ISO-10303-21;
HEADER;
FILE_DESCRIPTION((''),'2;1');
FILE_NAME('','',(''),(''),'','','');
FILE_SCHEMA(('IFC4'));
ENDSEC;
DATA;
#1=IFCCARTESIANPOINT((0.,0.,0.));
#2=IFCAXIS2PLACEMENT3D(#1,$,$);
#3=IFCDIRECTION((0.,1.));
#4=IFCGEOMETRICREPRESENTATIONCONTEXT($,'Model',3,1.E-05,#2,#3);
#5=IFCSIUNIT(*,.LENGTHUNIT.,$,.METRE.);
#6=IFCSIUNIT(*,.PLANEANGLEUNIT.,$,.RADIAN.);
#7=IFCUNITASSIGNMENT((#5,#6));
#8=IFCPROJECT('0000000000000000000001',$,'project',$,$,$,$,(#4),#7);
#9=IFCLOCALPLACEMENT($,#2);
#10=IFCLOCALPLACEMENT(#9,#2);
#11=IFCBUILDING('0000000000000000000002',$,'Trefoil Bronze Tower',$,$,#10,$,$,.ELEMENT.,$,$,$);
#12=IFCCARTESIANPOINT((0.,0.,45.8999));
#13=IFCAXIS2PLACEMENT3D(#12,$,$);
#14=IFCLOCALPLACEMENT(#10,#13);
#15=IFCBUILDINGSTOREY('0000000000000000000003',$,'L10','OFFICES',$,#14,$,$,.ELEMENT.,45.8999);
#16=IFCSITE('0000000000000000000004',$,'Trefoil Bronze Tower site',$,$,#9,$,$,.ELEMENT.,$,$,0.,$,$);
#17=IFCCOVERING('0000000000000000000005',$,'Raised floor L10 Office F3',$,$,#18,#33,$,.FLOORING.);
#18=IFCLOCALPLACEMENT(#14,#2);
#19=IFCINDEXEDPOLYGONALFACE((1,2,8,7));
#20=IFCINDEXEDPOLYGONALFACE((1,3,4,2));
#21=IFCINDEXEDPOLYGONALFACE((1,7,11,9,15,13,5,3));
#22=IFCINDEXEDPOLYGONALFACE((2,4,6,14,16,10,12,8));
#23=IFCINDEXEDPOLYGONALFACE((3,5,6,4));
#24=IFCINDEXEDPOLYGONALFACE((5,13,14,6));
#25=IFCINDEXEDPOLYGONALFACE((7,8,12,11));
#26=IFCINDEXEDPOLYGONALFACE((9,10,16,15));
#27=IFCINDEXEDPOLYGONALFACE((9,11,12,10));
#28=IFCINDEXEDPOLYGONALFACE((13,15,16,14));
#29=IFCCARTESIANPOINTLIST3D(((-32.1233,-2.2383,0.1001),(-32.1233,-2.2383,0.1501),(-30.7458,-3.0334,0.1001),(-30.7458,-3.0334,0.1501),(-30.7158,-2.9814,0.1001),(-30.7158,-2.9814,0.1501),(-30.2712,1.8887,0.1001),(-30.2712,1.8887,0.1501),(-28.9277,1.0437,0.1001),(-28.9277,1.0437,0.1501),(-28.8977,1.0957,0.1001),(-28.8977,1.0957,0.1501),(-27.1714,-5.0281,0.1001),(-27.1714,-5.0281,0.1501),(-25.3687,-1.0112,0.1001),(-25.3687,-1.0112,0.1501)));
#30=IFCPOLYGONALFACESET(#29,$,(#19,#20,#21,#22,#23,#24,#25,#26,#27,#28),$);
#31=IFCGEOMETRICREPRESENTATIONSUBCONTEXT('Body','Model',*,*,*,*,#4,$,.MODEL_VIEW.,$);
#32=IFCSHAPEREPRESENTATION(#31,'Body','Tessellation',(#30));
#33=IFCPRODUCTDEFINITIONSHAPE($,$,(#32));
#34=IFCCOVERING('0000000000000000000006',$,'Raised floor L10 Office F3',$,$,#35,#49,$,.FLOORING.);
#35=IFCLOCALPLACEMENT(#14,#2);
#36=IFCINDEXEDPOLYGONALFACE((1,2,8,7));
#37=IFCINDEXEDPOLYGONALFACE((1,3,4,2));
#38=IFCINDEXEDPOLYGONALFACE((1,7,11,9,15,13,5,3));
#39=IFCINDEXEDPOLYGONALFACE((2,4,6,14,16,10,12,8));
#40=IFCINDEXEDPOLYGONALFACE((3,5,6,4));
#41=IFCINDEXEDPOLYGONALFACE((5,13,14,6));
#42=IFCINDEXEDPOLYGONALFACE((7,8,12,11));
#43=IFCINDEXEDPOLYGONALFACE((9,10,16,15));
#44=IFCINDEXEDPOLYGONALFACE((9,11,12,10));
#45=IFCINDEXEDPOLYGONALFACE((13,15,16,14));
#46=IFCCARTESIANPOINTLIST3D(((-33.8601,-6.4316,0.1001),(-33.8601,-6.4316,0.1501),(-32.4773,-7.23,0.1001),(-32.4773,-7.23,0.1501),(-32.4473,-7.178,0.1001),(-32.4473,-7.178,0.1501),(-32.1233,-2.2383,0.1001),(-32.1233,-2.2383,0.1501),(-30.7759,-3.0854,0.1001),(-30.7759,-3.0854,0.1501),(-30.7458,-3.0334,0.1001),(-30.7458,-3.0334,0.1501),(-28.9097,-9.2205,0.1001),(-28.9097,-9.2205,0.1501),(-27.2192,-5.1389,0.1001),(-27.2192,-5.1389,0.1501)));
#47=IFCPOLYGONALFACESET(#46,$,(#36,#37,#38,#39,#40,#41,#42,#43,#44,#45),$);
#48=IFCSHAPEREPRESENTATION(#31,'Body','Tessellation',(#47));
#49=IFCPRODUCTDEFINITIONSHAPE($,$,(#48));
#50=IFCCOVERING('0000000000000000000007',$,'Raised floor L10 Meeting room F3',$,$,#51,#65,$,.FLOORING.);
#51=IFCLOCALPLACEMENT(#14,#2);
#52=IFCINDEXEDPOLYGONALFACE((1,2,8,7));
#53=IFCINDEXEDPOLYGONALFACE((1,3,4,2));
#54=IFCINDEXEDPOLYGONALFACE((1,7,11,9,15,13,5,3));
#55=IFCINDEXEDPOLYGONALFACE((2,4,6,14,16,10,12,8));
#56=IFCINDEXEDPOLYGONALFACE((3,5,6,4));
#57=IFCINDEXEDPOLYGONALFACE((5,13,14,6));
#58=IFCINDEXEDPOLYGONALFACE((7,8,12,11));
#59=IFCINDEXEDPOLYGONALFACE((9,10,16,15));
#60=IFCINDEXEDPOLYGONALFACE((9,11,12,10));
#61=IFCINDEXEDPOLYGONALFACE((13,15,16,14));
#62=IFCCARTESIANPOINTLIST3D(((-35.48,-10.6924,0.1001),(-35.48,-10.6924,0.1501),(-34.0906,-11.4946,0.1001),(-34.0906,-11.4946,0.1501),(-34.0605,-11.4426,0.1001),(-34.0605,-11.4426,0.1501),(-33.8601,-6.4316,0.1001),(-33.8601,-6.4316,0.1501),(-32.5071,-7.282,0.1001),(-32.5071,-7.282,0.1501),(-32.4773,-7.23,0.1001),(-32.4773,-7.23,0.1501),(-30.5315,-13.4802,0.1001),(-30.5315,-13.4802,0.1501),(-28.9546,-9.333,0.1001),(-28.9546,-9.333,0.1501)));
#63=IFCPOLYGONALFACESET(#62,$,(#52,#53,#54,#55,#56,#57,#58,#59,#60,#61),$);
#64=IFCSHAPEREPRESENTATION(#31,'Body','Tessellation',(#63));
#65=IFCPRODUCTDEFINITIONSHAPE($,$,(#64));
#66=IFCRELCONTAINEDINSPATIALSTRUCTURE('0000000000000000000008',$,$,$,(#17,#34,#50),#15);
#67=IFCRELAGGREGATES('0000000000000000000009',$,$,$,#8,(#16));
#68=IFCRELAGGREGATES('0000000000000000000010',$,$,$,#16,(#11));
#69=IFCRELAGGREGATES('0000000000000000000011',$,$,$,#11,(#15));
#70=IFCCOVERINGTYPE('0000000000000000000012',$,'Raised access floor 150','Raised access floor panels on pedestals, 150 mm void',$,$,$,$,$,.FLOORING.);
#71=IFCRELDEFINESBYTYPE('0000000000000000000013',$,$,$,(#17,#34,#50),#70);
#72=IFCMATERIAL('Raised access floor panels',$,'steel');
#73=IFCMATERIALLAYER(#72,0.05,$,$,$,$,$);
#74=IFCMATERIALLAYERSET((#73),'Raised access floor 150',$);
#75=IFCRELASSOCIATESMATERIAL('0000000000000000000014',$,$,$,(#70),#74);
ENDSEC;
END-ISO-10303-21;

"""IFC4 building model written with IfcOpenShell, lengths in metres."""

from ifc_helpers import new_model, si_unit, direction, frame, origin, place, context, subcontext, project, spatial, polyline, outline, extrude, material, layer, layer_set, type_object, element, save


model = new_model("IFC4")

# Units and contexts
model_context = context("Model", 3, precision=1e-05, world=origin(), true_north=direction((0.0, 1.0)))
body_context = subcontext(model_context, "Body", "Model", "MODEL_VIEW")
ifc_project = project(units=[si_unit("LENGTHUNIT", "METRE"), si_unit("PLANEANGLEUNIT", "RADIAN")], contexts=[model_context])

# Site, building, storey
site_placement = place(None, origin())
site = spatial("IfcSite", under=ifc_project, at=site_placement, Name="Trefoil Bronze Tower site", CompositionType="ELEMENT", RefElevation=0.0)
building_placement = place(site_placement, origin())
building = spatial("IfcBuilding", under=site, at=building_placement, Name="Trefoil Bronze Tower", CompositionType="ELEMENT")
storey_placement = place(building_placement, frame((0.0, 0.0, 45.8999)))
storey = spatial("IfcBuildingStorey", under=building, at=storey_placement, Name="L10", Description="OFFICES", CompositionType="ELEMENT", Elevation=45.8999)

# Coverings
ifc_material_1 = material(Name="Raised access floor panels", Category="steel")
ifc_layer_1 = layer(ifc_material_1, 0.05)
ifc_layer_set_1 = layer_set([ifc_layer_1], Name="Raised access floor 150")
covering_type_1 = type_object("IfcCoveringType", Name="Raised access floor 150", Description="Raised access floor panels on pedestals, 150 mm void", PredefinedType="FLOORING", material=ifc_layer_set_1)
covering_1_placement = place(storey_placement, frame((0.0, 0.0, 0.1001)))
element("IfcCovering", 1, at=covering_1_placement, inside=storey, type_object=covering_type_1, Name="Raised floor L10 Office F3", PredefinedType="FLOORING", context=body_context, shape_type="SweptSolid", body=[
    extrude(outline(polyline([(-30.2712, 1.8887), (-28.8977, 1.0957), (-28.9277, 1.0437), (-25.3687, -1.0112), (-27.1714, -5.0281), (-30.7158, -2.9814), (-30.7458, -3.0334), (-32.1233, -2.2383), (-30.2712, 1.8887)])), origin(), (0.0, 0.0, 1.0), 0.05),
])
covering_2_placement = place(storey_placement, frame((0.0, 0.0, 0.1001)))
element("IfcCovering", 2, at=covering_2_placement, inside=storey, type_object=covering_type_1, Name="Raised floor L10 Office F3", PredefinedType="FLOORING", context=body_context, shape_type="SweptSolid", body=[
    extrude(outline(polyline([(-33.8601, -6.4316), (-32.1233, -2.2383), (-30.7458, -3.0334), (-30.7759, -3.0854), (-27.2192, -5.1389), (-28.9097, -9.2205), (-32.4473, -7.178), (-32.4773, -7.23), (-33.8601, -6.4316)])), origin(), (0.0, 0.0, 1.0), 0.05),
])
covering_3_placement = place(storey_placement, frame((0.0, 0.0, 0.1001)))
element("IfcCovering", 3, at=covering_3_placement, inside=storey, type_object=covering_type_1, Name="Raised floor L10 Meeting room F3", PredefinedType="FLOORING", context=body_context, shape_type="SweptSolid", body=[
    extrude(outline(polyline([(-35.48, -10.6924), (-33.8601, -6.4316), (-32.4773, -7.23), (-32.5071, -7.282), (-28.9546, -9.333), (-30.5315, -13.4802), (-34.0605, -11.4426), (-34.0906, -11.4946), (-35.48, -10.6924)])), origin(), (0.0, 0.0, 1.0), 0.05),
])

save(model, "model.ifc")
